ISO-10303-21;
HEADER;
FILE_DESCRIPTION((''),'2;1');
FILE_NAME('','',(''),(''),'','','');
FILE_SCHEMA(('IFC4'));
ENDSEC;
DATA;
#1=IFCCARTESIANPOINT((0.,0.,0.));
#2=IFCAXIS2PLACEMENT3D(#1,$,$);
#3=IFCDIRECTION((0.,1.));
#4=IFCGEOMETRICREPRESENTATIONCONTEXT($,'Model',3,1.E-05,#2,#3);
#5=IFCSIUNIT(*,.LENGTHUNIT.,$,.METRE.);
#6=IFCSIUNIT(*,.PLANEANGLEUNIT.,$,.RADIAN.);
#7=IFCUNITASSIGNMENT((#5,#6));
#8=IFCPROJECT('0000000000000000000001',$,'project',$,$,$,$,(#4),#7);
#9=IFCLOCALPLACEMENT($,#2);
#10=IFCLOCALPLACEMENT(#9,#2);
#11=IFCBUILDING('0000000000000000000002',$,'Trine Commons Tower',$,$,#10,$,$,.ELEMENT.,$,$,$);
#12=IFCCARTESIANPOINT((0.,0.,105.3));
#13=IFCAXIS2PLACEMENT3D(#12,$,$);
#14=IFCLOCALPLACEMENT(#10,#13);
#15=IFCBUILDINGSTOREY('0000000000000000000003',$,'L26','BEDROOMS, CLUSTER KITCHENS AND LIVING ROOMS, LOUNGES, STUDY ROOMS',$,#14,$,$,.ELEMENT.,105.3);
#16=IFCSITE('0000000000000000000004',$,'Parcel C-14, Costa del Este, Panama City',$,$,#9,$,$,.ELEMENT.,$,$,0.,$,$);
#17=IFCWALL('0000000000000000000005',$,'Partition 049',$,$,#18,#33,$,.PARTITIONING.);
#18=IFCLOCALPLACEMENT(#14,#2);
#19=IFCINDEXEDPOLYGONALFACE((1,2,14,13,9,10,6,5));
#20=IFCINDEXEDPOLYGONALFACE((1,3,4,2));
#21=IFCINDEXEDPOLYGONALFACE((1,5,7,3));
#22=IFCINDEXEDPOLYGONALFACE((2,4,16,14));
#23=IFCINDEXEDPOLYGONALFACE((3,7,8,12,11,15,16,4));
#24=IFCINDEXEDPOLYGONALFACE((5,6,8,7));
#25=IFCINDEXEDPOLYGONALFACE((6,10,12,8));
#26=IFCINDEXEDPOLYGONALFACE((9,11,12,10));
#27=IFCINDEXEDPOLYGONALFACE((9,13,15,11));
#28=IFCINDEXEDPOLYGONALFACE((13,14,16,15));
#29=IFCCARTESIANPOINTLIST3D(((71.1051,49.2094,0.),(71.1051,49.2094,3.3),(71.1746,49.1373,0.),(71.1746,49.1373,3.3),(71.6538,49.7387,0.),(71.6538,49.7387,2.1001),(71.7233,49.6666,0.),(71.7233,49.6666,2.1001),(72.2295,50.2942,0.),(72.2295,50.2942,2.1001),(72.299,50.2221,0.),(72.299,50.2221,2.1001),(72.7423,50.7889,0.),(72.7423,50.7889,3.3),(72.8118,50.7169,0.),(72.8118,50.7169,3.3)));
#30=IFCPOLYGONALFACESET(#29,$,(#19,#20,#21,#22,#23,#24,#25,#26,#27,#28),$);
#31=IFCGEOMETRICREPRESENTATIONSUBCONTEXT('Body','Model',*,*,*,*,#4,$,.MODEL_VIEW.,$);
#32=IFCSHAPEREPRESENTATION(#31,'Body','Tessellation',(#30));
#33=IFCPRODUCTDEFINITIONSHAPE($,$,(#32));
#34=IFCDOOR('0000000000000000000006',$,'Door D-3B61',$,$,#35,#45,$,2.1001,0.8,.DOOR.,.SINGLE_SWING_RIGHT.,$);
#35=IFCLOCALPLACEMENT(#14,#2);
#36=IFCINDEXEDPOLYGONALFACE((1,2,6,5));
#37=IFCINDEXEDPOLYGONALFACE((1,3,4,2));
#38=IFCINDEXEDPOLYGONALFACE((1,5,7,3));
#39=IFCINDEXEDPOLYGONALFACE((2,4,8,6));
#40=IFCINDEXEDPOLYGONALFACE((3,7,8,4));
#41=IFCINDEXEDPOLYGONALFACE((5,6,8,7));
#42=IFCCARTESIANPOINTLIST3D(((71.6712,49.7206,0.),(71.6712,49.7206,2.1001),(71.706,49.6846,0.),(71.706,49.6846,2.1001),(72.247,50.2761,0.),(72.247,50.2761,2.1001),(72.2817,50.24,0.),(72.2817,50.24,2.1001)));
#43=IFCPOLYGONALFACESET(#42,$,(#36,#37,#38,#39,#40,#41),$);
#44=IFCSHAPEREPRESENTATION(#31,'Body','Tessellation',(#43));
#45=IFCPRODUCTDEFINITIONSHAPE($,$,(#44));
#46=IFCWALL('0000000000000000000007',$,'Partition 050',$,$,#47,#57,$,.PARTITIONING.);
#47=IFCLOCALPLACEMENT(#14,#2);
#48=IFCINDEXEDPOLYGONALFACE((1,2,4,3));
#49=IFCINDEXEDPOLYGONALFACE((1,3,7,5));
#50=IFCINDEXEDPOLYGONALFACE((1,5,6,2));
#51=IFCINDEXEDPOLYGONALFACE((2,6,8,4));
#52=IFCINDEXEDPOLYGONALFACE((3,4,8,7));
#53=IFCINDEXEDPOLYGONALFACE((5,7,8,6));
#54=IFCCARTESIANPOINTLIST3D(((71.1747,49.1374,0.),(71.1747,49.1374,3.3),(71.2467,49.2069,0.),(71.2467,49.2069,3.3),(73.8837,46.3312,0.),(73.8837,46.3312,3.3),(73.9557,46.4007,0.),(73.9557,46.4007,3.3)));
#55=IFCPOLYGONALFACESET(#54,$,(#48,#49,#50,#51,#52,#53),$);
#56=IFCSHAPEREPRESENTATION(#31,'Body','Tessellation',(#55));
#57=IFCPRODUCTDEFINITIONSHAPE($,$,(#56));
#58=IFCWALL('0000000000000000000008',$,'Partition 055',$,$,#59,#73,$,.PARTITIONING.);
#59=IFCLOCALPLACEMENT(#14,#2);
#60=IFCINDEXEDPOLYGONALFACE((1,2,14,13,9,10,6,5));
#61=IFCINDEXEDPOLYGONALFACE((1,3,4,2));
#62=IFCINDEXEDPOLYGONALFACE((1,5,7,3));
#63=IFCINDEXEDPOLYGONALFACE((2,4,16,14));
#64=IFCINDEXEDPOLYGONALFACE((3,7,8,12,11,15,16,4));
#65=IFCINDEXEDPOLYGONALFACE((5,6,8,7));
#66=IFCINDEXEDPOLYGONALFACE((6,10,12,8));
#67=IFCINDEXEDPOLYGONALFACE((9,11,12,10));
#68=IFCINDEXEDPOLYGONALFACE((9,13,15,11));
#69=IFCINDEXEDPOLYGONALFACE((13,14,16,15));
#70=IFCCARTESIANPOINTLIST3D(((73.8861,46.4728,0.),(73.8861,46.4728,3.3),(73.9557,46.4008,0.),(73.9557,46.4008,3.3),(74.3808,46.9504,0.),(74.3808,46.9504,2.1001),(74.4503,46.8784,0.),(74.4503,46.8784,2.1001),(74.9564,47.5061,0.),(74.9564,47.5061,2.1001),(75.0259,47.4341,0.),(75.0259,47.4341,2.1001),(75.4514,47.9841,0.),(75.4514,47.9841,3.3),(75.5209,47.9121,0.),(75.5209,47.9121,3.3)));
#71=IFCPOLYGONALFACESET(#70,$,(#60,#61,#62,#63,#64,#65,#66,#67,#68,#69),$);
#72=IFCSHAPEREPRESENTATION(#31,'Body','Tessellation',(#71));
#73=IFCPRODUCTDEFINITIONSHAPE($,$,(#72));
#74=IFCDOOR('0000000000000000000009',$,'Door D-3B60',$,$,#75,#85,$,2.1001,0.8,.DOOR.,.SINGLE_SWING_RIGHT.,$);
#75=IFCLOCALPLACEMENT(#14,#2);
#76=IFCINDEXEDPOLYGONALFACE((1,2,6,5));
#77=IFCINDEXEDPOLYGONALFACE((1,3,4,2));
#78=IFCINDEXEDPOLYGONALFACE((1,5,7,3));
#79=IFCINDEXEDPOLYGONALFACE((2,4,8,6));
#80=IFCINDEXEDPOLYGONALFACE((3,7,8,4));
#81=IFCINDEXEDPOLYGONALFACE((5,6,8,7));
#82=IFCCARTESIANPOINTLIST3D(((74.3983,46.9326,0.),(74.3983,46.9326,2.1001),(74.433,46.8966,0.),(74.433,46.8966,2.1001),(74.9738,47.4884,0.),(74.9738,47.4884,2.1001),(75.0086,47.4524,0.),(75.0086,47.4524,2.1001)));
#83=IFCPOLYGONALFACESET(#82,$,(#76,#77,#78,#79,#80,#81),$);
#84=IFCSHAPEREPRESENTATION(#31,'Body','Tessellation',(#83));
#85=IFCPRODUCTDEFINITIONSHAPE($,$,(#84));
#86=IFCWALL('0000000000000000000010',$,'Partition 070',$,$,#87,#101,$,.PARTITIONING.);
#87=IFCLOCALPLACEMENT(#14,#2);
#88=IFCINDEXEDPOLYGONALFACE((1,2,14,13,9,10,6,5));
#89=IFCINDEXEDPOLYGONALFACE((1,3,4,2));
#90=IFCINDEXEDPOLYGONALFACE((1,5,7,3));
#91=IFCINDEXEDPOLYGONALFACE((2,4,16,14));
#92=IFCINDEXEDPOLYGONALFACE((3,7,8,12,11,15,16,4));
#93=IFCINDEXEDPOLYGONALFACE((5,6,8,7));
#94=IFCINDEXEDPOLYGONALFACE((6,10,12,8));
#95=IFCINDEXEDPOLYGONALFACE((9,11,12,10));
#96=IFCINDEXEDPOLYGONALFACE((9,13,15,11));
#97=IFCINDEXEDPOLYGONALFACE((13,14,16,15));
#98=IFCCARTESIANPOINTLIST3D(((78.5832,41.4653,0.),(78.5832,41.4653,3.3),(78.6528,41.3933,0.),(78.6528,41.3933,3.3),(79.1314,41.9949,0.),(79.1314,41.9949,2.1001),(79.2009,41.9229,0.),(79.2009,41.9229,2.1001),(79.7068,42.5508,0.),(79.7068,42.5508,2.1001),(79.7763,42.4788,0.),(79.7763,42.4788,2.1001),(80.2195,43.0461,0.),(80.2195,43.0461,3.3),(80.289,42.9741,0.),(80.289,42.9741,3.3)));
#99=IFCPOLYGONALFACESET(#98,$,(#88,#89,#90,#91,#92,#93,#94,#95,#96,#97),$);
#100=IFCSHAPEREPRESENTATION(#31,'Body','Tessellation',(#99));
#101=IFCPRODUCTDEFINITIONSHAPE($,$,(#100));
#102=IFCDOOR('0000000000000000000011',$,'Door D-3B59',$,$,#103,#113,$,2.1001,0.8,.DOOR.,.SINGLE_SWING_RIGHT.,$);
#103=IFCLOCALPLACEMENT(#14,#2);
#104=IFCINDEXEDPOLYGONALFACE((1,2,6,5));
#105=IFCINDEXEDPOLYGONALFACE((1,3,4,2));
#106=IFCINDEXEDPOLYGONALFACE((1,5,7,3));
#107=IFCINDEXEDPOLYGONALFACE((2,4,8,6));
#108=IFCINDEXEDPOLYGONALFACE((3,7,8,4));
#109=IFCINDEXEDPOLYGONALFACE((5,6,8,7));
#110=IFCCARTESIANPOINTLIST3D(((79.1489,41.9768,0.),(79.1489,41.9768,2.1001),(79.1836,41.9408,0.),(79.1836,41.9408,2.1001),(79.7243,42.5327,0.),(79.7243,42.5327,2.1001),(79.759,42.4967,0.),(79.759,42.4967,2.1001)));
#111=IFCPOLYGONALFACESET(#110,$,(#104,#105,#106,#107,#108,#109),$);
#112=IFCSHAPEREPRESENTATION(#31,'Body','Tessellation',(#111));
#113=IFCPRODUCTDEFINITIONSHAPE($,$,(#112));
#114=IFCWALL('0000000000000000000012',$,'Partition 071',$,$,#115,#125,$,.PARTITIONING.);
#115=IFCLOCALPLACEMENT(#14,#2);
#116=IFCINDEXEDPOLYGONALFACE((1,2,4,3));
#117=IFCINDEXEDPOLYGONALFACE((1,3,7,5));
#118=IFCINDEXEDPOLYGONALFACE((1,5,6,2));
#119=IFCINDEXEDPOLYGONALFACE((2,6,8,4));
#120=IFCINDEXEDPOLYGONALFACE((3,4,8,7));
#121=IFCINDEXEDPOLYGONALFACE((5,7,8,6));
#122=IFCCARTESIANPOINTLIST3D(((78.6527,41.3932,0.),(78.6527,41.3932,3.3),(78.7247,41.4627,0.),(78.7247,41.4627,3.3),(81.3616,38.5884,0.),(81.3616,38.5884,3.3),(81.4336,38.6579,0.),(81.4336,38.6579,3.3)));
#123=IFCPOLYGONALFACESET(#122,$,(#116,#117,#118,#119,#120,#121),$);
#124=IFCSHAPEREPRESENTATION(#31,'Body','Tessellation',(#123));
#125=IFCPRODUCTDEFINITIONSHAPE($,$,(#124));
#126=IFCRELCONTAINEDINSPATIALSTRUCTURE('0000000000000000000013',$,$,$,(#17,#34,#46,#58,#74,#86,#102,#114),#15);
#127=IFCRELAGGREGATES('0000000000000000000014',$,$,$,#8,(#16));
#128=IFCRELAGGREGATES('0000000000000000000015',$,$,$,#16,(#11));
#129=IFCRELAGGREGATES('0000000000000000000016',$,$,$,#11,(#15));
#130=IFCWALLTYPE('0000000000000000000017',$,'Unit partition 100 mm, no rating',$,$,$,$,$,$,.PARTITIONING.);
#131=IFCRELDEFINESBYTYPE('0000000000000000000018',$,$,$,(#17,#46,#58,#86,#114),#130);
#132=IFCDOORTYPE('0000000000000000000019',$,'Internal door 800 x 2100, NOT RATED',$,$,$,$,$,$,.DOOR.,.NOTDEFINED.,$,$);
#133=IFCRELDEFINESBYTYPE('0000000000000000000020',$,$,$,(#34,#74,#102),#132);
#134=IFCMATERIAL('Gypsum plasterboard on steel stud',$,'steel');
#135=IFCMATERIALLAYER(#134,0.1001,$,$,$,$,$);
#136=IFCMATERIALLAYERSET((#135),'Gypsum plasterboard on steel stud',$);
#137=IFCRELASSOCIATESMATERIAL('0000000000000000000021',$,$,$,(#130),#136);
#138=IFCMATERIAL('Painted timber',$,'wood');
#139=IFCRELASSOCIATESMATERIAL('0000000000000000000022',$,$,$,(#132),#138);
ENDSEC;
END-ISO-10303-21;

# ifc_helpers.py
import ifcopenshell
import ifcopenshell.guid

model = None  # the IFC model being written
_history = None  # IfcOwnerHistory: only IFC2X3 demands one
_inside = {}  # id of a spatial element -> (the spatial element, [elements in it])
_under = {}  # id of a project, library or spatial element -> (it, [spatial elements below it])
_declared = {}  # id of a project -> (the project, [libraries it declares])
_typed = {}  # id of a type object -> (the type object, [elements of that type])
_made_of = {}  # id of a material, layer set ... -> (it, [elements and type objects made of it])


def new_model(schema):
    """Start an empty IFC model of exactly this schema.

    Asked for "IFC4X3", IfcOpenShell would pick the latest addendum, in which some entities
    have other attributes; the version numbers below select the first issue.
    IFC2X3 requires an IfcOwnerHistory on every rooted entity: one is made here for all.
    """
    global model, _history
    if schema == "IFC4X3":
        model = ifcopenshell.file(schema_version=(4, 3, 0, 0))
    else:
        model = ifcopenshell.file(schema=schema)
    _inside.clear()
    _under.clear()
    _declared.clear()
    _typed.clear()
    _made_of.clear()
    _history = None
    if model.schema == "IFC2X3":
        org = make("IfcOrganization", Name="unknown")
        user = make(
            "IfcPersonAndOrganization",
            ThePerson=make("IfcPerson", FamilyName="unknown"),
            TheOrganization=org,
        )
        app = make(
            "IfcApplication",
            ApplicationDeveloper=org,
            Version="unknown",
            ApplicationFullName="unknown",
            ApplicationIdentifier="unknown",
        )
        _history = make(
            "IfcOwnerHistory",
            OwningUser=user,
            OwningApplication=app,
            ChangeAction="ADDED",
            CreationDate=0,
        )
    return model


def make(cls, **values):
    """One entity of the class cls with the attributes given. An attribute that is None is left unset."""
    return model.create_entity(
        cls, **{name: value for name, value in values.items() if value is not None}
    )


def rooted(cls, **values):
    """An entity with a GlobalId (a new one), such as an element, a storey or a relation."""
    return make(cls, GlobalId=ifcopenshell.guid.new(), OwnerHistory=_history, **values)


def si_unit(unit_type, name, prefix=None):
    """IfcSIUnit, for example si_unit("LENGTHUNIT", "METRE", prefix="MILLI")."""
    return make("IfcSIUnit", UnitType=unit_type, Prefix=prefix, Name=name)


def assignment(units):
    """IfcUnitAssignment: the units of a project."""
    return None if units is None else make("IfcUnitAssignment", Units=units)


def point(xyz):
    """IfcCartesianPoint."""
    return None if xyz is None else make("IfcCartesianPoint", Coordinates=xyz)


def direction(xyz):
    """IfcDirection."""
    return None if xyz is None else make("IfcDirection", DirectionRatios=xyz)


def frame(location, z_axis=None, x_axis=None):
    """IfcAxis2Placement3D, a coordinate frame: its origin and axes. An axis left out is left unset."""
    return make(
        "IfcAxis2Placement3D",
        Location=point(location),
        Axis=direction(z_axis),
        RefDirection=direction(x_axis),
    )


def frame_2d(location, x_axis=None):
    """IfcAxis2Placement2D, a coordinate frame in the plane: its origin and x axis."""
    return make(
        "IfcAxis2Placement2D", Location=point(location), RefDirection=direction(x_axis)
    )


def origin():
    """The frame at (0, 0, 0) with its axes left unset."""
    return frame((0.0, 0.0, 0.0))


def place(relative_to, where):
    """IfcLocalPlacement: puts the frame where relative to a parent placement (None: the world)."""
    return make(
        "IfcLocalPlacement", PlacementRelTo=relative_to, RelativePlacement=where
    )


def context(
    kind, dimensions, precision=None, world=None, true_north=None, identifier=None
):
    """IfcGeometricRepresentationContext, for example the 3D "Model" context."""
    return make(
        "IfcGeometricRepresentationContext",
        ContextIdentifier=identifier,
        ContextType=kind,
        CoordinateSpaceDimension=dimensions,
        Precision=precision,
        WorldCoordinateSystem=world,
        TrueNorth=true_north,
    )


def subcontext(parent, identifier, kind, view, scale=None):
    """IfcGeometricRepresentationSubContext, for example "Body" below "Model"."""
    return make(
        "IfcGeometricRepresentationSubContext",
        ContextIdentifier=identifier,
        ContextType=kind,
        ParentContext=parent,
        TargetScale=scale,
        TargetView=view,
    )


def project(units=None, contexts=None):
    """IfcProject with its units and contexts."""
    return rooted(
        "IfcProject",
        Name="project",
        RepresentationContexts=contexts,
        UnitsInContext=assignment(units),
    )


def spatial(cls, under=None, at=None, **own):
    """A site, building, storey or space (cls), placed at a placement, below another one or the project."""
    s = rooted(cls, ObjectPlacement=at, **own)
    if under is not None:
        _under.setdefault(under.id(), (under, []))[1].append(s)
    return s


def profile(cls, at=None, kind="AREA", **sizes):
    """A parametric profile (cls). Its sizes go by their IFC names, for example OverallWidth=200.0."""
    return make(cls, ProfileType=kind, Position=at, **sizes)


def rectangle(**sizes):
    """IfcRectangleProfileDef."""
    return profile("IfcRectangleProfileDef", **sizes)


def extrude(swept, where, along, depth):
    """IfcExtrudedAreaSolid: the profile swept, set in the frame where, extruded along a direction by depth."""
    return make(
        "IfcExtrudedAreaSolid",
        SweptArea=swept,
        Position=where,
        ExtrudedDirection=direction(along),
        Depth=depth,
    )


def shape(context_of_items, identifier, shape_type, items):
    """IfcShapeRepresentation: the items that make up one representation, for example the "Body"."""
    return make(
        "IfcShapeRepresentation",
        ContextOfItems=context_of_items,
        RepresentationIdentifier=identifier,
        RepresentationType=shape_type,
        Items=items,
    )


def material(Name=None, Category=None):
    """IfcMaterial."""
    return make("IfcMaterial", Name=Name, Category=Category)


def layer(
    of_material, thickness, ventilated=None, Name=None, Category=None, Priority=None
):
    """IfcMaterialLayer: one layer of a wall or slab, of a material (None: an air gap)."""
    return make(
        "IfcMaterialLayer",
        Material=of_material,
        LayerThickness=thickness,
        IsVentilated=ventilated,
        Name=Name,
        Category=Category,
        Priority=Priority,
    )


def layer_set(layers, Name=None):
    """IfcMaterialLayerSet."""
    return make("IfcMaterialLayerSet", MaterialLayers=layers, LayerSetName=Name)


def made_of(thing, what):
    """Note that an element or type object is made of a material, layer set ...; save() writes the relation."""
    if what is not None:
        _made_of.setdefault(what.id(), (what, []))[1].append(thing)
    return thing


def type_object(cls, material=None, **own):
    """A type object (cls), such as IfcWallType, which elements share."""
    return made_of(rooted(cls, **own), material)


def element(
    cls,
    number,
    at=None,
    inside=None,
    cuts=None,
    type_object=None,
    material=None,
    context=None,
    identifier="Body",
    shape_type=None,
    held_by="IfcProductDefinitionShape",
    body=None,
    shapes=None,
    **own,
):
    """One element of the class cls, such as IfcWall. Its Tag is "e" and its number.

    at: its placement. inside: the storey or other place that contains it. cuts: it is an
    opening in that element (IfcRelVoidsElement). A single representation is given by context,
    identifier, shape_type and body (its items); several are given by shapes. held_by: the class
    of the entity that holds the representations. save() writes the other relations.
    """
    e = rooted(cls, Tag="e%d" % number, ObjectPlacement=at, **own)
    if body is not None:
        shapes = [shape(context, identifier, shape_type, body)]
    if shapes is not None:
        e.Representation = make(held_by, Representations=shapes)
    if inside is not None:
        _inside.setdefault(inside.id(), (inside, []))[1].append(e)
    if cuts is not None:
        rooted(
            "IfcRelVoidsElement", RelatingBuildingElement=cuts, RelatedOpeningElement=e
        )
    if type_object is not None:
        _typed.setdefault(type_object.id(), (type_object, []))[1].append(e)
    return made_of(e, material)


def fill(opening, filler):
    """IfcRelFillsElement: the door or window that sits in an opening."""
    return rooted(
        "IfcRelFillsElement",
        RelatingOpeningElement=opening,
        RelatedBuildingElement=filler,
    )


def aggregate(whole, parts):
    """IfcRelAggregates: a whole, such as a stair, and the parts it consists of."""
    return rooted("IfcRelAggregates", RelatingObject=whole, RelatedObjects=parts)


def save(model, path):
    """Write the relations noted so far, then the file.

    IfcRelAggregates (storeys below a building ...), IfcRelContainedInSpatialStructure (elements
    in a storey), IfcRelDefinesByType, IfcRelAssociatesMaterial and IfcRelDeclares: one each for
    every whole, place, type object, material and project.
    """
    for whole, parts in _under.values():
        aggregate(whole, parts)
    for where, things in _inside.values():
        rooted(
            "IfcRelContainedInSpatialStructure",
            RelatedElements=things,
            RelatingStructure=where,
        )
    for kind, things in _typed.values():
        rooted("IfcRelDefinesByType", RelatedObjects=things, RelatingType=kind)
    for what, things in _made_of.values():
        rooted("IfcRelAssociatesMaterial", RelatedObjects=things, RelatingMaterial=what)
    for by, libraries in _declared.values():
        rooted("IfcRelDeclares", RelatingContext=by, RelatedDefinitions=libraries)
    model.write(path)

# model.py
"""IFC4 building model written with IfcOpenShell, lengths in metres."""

from ifc_helpers import new_model, si_unit, direction, frame, frame_2d, origin, place, context, subcontext, project, spatial, rectangle, extrude, material, layer, layer_set, type_object, element, fill, save


model = new_model("IFC4")

# Units and contexts
model_context = context("Model", 3, precision=1e-05, world=origin(), true_north=direction((0.0, 1.0)))
body_context = subcontext(model_context, "Body", "Model", "MODEL_VIEW")
ifc_project = project(units=[si_unit("LENGTHUNIT", "METRE"), si_unit("PLANEANGLEUNIT", "RADIAN")], contexts=[model_context])

# Site, building, storey
site_placement = place(None, origin())
site = spatial("IfcSite", under=ifc_project, at=site_placement, Name="Parcel C-14, Costa del Este, Panama City", CompositionType="ELEMENT", RefElevation=0.0)
building_placement = place(site_placement, origin())
building = spatial("IfcBuilding", under=site, at=building_placement, Name="Trine Commons Tower", CompositionType="ELEMENT")
storey_placement = place(building_placement, frame((0.0, 0.0, 105.3)))
storey = spatial("IfcBuildingStorey", under=building, at=storey_placement, Name="L26", Description="BEDROOMS, CLUSTER KITCHENS AND LIVING ROOMS, LOUNGES, STUDY ROOMS", CompositionType="ELEMENT", Elevation=105.3)

# Shared definitions
ifc_material_1 = material(Name="Gypsum plasterboard on steel stud", Category="steel")

# Shared definitions
ifc_material_2 = material(Name="Painted timber", Category="wood")

# Shared definitions
ifc_layer_1 = layer(ifc_material_1, 0.1001)
ifc_layer_set_1 = layer_set([ifc_layer_1], Name="Gypsum plasterboard on steel stud")
wall_type_1 = type_object("IfcWallType", Name="Unit partition 100 mm, no rating", PredefinedType="PARTITIONING", material=ifc_layer_set_1)

# Wall, opening, door
wall_1_placement = place(storey_placement, frame((71.1399, 49.1733, 0.0), z_axis=(0.0, 0.0, 1.0), x_axis=(0.719657, 0.69433, 0.0)))
wall_1 = element("IfcWall", 1, at=wall_1_placement, inside=storey, type_object=wall_type_1, Name="Partition 049", PredefinedType="PARTITIONING", context=body_context, shape_type="SweptSolid", body=[
    extrude(rectangle(XDim=2.2749, YDim=0.1001, at=frame_2d((1.1375, 0.0))), origin(), (0.0, 0.0, 1.0), 3.3),
])
opening_1_placement = place(wall_1_placement, frame((0.7625, 0.0, 0.0)))
opening_1 = element("IfcOpeningElement", 2, at=opening_1_placement, cuts=wall_1, PredefinedType="OPENING", context=body_context, shape_type="SweptSolid", body=[
    extrude(rectangle(XDim=0.8, YDim=2.1001, at=frame_2d((0.3999, 1.05))), frame((0.0, 0.0601, 0.0), z_axis=(0.0, -1.0, 0.0), x_axis=(1.0, 0.0, 0.0)), (0.0, 0.0, 1.0), 0.1201),
])
door_type_1 = type_object("IfcDoorType", Name="Internal door 800 x 2100, NOT RATED", OperationType="NOTDEFINED", PredefinedType="DOOR", material=ifc_material_2)
door_1_placement = place(opening_1_placement, origin())
door_1 = element("IfcDoor", 3, at=door_1_placement, inside=storey, type_object=door_type_1, Name="Door D-3B61", OperationType="SINGLE_SWING_RIGHT", OverallHeight=2.1001, OverallWidth=0.8, PredefinedType="DOOR", context=body_context, shape_type="SweptSolid", body=[
    extrude(rectangle(XDim=0.8, YDim=2.1001, at=frame_2d((0.3999, 1.05))), frame((0.0, 0.0249, 0.0), z_axis=(0.0, -1.0, 0.0), x_axis=(1.0, 0.0, 0.0)), (0.0, 0.0, 1.0), 0.05),
])
fill(opening_1, door_1)

# Wall
wall_2_placement = place(storey_placement, frame((71.2107, 49.1721, 0.0), z_axis=(0.0, 0.0, 1.0), x_axis=(0.694541, -0.719453, 0.0)))
element("IfcWall", 4, at=wall_2_placement, inside=storey, type_object=wall_type_1, Name="Partition 050", PredefinedType="PARTITIONING", context=body_context, shape_type="SweptSolid", body=[
    extrude(rectangle(XDim=3.9004, YDim=0.1001, at=frame_2d((1.9502, 0.0))), origin(), (0.0, 0.0, 1.0), 3.3),
])

# Walls, openings, doors
wall_3_placement = place(storey_placement, frame((73.9209, 46.4368, 0.0), z_axis=(0.0, 0.0, 1.0), x_axis=(0.719398, 0.694599, 0.0)))
wall_3 = element("IfcWall", 5, at=wall_3_placement, inside=storey, type_object=wall_type_1, Name="Partition 055", PredefinedType="PARTITIONING", context=body_context, shape_type="SweptSolid", body=[
    extrude(rectangle(XDim=2.1758, YDim=0.1001, at=frame_2d((1.0879, 0.0))), origin(), (0.0, 0.0, 1.0), 3.3),
])
opening_2_placement = place(wall_3_placement, frame((0.6877, 0.0, 0.0)))
opening_2 = element("IfcOpeningElement", 6, at=opening_2_placement, cuts=wall_3, PredefinedType="OPENING", context=body_context, shape_type="SweptSolid", body=[
    extrude(rectangle(XDim=0.8, YDim=2.1001, at=frame_2d((0.3999, 1.05))), frame((0.0, 0.0601, 0.0), z_axis=(0.0, -1.0, 0.0), x_axis=(1.0, 0.0, 0.0)), (0.0, 0.0, 1.0), 0.1201),
])
door_2_placement = place(opening_2_placement, frame((0.8, 0.0, 0.0), z_axis=(0.0, 0.0, 1.0), x_axis=(-1.0, 0.0, 0.0)))
door_2 = element("IfcDoor", 7, at=door_2_placement, inside=storey, type_object=door_type_1, Name="Door D-3B60", OperationType="SINGLE_SWING_RIGHT", OverallHeight=2.1001, OverallWidth=0.8, PredefinedType="DOOR", context=body_context, shape_type="SweptSolid", body=[
    extrude(rectangle(XDim=0.8, YDim=2.1001, at=frame_2d((0.3999, 1.05))), frame((0.0, 0.0249, 0.0), z_axis=(0.0, -1.0, 0.0), x_axis=(1.0, 0.0, 0.0)), (0.0, 0.0, 1.0), 0.05),
])
fill(opening_2, door_2)
wall_4_placement = place(storey_placement, frame((78.6179, 41.4292, 0.0), z_axis=(0.0, 0.0, 1.0), x_axis=(0.719181, 0.694822, 0.0)))
wall_4 = element("IfcWall", 8, at=wall_4_placement, inside=storey, type_object=wall_type_1, Name="Partition 070", PredefinedType="PARTITIONING", context=body_context, shape_type="SweptSolid", body=[
    extrude(rectangle(XDim=2.2751, YDim=0.1001, at=frame_2d((1.1377, 0.0))), origin(), (0.0, 0.0, 1.0), 3.3),
])
opening_3_placement = place(wall_4_placement, frame((0.7625, 0.0, 0.0)))
opening_3 = element("IfcOpeningElement", 9, at=opening_3_placement, cuts=wall_4, PredefinedType="OPENING", context=body_context, shape_type="SweptSolid", body=[
    extrude(rectangle(XDim=0.8, YDim=2.1001, at=frame_2d((0.3999, 1.05))), frame((0.0, 0.0601, 0.0), z_axis=(0.0, -1.0, 0.0), x_axis=(1.0, 0.0, 0.0)), (0.0, 0.0, 1.0), 0.1201),
])
door_3_placement = place(opening_3_placement, origin())
door_3 = element("IfcDoor", 10, at=door_3_placement, inside=storey, type_object=door_type_1, Name="Door D-3B59", OperationType="SINGLE_SWING_RIGHT", OverallHeight=2.1001, OverallWidth=0.8, PredefinedType="DOOR", context=body_context, shape_type="SweptSolid", body=[
    extrude(rectangle(XDim=0.8, YDim=2.1001, at=frame_2d((0.3999, 1.05))), frame((0.0, 0.0249, 0.0), z_axis=(0.0, -1.0, 0.0), x_axis=(1.0, 0.0, 0.0)), (0.0, 0.0, 1.0), 0.05),
])
fill(opening_3, door_3)

# Wall
wall_5_placement = place(storey_placement, frame((78.6887, 41.428, 0.0), z_axis=(0.0, 0.0, 1.0), x_axis=(0.694697, -0.719302, 0.0)))
element("IfcWall", 11, at=wall_5_placement, inside=storey, type_object=wall_type_1, Name="Partition 071", PredefinedType="PARTITIONING", context=body_context, shape_type="SweptSolid", body=[
    extrude(rectangle(XDim=3.8994, YDim=0.1001, at=frame_2d((1.9497, 0.0))), origin(), (0.0, 0.0, 1.0), 3.3),
])

save(model, "model.ifc")
